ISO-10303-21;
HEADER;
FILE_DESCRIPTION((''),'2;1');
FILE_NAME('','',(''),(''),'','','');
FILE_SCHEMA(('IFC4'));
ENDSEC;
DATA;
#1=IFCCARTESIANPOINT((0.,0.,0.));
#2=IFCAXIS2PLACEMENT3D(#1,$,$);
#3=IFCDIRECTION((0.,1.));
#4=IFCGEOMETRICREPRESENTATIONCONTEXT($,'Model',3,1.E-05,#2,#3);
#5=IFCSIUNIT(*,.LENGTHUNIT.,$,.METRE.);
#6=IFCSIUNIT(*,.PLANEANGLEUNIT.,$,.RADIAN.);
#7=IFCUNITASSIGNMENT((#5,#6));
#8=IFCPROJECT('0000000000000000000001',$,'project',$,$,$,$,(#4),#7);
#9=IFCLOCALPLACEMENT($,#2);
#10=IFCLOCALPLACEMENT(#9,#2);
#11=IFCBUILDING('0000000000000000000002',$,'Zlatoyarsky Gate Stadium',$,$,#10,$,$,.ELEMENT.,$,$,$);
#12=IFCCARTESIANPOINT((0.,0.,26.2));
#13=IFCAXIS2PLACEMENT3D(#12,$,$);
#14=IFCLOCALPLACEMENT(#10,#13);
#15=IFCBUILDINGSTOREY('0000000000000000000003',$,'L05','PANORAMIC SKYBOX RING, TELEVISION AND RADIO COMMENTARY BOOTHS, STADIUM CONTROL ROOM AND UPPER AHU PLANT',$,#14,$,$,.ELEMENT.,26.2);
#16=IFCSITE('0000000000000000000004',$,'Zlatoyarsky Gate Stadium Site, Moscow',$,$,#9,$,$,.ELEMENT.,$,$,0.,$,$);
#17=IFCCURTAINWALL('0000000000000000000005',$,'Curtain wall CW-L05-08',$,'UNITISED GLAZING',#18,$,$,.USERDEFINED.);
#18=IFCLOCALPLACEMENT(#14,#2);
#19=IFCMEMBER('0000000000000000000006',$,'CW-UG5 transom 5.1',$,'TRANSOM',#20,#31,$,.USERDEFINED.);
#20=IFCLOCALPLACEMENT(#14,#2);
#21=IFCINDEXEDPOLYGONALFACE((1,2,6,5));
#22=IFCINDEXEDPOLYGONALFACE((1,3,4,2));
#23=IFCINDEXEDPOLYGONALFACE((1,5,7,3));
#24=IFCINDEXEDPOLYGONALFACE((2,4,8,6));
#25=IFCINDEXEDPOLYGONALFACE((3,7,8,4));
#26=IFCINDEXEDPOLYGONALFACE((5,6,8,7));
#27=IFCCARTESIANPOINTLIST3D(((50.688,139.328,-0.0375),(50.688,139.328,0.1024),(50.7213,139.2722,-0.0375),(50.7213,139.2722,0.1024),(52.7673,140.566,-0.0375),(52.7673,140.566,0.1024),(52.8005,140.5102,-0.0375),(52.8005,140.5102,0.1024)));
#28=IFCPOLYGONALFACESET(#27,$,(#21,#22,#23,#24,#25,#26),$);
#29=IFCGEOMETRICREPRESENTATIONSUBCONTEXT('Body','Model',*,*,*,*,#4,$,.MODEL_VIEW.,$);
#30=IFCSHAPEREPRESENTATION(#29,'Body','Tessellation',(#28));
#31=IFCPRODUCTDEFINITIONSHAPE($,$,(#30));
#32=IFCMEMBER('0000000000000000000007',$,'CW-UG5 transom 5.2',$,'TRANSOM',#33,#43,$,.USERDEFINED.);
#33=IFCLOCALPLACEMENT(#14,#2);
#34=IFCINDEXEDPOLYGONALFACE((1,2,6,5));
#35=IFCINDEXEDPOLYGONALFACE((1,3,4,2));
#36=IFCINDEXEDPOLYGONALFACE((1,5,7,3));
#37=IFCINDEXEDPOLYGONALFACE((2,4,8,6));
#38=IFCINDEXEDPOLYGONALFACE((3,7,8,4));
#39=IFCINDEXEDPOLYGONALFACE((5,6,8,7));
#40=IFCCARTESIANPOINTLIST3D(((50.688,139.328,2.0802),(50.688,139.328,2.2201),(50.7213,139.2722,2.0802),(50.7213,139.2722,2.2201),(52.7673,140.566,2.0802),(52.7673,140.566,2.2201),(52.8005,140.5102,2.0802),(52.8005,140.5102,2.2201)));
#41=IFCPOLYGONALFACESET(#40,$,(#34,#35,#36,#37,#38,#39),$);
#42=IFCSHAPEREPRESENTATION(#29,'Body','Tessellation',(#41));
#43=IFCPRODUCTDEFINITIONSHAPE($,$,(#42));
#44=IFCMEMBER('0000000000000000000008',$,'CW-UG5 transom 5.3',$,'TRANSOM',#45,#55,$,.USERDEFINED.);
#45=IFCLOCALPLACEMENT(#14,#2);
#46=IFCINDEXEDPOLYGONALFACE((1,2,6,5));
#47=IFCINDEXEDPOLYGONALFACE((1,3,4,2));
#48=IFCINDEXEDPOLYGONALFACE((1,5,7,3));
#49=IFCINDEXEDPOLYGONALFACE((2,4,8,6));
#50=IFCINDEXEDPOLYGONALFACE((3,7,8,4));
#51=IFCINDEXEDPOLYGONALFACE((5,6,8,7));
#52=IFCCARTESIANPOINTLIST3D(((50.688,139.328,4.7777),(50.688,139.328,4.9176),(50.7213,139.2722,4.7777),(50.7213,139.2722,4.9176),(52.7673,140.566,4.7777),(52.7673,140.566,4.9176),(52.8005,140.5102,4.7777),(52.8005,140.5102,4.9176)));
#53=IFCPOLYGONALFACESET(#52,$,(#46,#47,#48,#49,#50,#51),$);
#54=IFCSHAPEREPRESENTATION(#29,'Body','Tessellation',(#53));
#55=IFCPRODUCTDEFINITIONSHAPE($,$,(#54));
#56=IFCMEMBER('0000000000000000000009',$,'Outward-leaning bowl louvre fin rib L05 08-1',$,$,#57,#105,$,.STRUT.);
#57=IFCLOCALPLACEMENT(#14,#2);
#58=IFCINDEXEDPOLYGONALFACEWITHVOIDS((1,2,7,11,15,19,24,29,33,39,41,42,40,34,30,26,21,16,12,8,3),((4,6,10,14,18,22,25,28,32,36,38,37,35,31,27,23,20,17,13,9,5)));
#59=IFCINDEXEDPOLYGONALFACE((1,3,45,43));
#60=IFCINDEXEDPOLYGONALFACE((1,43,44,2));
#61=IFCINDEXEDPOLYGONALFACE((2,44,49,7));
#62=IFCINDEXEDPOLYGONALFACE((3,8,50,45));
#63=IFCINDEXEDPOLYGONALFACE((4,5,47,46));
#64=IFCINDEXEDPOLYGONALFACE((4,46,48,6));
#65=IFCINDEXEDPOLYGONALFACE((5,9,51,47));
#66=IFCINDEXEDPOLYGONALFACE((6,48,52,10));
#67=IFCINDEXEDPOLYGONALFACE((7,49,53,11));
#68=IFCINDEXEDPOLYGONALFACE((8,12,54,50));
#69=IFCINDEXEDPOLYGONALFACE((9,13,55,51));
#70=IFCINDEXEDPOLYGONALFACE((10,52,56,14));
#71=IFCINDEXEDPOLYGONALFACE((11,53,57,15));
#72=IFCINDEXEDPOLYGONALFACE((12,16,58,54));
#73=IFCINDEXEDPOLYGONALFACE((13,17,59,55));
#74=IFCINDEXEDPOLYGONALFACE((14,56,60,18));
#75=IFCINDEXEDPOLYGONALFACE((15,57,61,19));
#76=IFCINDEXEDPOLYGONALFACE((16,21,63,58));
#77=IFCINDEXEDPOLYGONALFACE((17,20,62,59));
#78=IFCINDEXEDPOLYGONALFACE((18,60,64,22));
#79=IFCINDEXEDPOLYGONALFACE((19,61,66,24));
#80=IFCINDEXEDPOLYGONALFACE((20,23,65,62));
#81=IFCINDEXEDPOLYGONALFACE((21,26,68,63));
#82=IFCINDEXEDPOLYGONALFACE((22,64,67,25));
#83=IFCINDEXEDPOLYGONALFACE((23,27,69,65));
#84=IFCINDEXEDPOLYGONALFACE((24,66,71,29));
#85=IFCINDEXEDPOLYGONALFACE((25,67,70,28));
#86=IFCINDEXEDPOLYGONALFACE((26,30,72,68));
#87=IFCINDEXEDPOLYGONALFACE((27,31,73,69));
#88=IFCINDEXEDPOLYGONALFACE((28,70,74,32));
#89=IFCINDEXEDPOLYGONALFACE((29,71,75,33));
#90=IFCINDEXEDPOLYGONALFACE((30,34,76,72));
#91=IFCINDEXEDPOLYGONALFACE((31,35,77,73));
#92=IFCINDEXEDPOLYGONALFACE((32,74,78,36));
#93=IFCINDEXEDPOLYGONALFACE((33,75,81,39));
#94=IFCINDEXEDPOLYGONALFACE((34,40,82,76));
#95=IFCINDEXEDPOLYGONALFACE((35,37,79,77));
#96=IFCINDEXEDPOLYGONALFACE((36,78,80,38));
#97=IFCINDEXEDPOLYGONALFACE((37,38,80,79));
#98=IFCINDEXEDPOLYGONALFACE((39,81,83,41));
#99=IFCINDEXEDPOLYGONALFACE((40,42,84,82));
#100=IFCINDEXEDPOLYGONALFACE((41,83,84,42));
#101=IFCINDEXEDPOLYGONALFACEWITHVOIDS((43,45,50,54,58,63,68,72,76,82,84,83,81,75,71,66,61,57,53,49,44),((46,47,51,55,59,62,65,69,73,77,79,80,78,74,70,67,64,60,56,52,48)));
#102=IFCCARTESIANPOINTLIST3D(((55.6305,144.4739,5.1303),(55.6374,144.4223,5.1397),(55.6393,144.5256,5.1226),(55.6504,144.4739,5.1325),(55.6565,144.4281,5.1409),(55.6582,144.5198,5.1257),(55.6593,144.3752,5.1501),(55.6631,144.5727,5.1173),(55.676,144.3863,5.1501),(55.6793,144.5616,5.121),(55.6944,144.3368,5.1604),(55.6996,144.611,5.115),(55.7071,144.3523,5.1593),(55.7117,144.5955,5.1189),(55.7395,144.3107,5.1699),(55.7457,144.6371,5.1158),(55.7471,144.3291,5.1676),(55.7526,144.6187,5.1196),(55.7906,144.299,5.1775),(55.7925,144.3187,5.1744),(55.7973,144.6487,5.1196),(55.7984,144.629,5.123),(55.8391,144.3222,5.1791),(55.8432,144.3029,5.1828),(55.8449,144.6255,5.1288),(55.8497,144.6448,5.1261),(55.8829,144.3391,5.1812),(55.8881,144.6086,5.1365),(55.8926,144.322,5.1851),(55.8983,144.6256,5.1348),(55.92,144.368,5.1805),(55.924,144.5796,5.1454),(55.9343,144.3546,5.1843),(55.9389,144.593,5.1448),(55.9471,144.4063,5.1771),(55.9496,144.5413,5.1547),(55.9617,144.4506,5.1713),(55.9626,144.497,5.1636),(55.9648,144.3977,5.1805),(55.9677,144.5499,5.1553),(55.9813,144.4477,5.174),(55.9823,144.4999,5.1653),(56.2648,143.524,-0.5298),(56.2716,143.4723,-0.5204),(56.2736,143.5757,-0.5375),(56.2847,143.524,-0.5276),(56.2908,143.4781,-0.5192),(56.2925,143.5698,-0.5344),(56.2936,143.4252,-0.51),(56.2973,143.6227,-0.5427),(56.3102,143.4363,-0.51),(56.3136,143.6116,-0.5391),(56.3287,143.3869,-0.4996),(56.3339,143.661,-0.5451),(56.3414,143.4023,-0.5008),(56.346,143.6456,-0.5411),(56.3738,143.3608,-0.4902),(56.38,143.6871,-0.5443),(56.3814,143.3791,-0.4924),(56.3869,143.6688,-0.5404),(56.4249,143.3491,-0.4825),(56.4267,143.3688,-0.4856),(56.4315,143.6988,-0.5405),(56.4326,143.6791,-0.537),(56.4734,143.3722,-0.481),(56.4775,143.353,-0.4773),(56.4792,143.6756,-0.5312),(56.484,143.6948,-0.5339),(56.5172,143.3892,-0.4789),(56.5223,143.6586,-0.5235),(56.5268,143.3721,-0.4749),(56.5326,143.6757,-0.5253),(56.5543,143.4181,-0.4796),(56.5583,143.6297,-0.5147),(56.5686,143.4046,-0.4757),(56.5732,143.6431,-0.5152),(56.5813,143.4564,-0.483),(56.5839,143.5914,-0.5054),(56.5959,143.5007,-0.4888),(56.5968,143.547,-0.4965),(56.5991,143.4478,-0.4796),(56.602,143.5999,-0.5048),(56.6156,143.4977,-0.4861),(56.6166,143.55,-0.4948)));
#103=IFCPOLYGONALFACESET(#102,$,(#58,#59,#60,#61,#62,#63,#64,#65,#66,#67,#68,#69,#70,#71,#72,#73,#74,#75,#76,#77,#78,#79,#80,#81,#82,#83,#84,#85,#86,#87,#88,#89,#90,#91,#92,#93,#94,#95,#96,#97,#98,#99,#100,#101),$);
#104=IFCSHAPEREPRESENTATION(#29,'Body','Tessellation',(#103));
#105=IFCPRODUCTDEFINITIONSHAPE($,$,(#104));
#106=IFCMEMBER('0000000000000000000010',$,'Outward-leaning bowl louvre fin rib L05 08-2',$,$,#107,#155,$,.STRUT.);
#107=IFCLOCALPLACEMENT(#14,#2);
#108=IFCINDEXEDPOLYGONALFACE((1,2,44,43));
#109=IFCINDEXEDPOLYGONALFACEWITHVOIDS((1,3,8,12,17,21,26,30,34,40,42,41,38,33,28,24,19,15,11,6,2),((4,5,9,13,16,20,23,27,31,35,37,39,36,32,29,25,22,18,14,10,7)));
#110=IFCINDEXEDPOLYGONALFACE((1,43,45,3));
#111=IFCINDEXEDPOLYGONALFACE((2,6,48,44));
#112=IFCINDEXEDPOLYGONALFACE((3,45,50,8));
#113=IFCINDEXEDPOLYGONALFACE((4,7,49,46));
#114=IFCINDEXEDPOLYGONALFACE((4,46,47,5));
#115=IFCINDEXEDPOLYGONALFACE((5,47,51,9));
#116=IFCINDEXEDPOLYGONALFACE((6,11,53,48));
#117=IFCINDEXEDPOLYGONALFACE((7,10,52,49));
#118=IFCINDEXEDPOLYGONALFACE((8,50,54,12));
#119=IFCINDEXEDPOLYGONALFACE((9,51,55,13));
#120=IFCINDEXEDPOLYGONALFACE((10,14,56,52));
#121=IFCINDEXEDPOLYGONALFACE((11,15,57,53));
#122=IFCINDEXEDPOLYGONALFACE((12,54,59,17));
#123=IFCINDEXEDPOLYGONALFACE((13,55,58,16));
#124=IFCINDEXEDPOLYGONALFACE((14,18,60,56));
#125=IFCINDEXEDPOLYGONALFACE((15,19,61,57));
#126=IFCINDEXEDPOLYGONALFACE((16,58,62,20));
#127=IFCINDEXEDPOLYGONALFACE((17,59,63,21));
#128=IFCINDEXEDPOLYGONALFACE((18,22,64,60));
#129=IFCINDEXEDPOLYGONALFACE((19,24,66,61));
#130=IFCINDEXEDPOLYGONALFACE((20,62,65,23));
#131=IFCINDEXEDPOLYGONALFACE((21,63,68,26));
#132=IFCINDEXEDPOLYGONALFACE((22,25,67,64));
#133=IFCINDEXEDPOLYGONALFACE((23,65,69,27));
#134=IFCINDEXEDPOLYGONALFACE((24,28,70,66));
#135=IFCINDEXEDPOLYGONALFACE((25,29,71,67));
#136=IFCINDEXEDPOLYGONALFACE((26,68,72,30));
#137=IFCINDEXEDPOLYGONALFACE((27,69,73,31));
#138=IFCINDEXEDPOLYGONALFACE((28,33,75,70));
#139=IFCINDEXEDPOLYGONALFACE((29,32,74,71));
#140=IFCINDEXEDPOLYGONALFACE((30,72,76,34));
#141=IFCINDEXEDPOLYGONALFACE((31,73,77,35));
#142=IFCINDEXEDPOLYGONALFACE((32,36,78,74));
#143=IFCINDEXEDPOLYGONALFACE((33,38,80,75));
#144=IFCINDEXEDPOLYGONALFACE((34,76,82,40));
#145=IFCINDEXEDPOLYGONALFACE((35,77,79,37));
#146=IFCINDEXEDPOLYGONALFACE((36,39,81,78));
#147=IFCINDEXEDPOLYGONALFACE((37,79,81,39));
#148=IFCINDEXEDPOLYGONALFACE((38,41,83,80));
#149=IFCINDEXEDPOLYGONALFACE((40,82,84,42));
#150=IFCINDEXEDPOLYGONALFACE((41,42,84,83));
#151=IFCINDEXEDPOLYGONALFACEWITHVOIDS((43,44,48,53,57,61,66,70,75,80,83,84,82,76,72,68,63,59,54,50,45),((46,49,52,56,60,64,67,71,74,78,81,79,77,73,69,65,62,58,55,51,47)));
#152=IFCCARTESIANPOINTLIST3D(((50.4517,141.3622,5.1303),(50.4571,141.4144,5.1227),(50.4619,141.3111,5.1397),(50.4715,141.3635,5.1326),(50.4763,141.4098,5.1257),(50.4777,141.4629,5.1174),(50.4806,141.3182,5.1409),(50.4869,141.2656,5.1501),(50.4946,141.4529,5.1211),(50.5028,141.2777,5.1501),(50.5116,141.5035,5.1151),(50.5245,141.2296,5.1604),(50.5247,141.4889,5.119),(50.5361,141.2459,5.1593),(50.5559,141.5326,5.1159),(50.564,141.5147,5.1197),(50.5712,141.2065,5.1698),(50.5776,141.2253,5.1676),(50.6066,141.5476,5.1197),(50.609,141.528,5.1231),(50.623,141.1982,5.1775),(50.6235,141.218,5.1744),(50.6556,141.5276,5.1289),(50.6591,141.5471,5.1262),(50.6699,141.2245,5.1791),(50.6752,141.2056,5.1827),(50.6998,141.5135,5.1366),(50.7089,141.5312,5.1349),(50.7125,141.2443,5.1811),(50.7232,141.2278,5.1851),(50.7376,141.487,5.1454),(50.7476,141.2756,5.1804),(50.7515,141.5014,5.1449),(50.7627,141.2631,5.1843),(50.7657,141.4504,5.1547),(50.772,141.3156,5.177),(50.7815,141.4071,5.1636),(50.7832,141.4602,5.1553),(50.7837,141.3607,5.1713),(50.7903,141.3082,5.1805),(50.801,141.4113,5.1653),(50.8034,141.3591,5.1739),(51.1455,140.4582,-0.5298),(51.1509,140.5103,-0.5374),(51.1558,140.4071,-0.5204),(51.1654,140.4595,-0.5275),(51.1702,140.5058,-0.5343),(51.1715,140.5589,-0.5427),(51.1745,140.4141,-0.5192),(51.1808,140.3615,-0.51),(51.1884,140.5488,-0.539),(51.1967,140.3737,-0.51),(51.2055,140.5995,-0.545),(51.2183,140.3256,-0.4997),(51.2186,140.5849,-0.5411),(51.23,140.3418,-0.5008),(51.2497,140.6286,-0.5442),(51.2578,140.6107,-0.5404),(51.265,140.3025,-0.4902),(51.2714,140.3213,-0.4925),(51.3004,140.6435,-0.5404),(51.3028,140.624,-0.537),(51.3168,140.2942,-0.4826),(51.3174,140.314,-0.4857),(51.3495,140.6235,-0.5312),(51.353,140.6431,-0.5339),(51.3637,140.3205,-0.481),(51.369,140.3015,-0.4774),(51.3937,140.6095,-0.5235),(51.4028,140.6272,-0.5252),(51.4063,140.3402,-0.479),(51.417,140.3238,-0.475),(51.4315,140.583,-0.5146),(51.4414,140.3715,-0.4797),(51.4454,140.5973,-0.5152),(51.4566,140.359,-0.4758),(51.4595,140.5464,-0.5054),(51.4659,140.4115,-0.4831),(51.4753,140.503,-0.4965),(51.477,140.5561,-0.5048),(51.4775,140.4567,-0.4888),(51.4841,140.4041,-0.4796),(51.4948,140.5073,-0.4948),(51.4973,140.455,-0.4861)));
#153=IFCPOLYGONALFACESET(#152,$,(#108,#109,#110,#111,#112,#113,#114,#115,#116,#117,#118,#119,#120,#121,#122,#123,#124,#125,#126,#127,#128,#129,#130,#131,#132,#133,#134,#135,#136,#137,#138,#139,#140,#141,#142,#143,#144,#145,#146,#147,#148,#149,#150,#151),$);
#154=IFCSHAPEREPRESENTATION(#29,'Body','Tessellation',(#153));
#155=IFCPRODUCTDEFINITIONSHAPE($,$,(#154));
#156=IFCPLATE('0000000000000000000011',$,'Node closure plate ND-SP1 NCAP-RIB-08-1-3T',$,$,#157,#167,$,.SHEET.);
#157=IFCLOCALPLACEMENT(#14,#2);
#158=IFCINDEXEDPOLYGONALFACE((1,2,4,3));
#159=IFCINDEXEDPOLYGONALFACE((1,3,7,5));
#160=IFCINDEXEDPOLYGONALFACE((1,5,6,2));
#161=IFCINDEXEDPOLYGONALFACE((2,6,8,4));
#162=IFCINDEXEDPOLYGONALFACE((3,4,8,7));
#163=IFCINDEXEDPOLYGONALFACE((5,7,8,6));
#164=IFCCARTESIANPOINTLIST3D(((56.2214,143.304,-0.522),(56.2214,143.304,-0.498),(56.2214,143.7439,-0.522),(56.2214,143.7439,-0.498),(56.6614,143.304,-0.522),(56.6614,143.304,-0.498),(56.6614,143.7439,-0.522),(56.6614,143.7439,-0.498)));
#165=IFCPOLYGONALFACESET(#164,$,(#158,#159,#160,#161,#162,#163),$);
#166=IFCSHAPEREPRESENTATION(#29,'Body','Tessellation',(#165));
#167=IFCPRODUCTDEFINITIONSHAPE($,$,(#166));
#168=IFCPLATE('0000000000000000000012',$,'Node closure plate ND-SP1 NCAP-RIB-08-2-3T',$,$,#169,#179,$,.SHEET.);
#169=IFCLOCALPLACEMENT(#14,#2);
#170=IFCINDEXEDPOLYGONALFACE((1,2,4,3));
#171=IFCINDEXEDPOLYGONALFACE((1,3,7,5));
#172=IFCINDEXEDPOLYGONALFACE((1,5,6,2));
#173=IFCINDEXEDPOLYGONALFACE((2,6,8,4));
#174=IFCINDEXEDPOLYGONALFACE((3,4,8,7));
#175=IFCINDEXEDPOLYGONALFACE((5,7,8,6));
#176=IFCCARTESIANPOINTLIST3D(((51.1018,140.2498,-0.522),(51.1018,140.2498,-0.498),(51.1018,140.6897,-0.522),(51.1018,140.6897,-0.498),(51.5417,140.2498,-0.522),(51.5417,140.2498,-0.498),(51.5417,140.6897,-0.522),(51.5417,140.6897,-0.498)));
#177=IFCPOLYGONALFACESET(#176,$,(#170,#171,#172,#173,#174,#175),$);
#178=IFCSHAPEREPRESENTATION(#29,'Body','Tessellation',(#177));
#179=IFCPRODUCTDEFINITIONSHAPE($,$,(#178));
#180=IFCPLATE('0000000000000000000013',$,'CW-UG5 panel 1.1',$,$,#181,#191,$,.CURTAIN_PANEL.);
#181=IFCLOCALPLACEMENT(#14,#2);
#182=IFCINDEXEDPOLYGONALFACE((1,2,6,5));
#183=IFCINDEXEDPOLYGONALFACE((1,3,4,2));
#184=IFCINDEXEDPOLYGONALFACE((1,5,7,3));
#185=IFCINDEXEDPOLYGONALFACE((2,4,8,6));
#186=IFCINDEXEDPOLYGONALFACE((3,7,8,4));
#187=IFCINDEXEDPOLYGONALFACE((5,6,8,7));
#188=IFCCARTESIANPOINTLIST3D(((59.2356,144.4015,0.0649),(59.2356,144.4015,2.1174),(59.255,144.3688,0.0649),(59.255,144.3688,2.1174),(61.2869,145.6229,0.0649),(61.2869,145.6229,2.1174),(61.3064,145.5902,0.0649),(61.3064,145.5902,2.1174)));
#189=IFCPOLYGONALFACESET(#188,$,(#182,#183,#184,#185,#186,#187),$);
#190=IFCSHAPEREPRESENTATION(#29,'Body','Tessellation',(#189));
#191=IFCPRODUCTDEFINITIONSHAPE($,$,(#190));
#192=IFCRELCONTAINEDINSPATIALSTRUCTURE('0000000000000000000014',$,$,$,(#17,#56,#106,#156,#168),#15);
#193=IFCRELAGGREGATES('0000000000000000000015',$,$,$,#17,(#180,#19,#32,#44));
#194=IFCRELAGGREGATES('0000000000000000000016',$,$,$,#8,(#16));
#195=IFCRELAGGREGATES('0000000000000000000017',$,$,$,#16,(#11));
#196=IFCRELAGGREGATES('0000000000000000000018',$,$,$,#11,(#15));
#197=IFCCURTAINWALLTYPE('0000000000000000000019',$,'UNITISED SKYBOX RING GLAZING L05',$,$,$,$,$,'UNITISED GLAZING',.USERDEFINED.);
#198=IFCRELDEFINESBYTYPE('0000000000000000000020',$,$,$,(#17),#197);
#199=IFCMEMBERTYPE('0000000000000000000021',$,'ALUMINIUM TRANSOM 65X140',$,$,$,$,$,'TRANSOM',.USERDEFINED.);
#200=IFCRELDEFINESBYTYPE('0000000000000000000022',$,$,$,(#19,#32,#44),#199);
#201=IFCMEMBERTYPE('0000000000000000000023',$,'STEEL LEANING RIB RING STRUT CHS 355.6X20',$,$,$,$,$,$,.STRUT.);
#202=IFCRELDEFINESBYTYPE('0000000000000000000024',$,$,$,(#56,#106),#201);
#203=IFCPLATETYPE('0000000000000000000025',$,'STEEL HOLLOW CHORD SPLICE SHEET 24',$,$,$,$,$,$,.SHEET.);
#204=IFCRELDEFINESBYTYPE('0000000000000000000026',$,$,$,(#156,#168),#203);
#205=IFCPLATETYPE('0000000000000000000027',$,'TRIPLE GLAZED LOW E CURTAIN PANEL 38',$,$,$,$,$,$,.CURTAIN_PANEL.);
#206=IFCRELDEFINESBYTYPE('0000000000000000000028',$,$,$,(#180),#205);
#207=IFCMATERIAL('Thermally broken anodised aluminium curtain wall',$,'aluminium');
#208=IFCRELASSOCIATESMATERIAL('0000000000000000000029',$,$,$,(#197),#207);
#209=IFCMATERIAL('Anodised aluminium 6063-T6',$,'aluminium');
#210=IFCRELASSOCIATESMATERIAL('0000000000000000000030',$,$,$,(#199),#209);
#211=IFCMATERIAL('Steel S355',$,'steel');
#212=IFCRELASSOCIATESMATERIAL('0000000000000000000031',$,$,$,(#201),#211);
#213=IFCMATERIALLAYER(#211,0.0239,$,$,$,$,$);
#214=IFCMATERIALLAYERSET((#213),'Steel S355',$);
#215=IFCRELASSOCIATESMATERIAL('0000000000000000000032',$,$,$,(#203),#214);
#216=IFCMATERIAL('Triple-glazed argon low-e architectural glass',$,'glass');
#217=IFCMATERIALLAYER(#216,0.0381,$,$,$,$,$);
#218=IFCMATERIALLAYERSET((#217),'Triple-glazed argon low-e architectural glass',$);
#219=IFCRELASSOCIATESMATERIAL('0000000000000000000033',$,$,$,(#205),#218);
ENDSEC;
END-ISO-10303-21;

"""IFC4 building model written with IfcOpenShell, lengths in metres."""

from ifc_helpers import new_model, si_unit, direction, frame, origin, origin_2d, place, context, subcontext, project, spatial, rectangle, hollow_circle, extrude, material, layer, layer_set, material_profile, profile_set, type_object, element, aggregate, save


model = new_model("IFC4")

# Units and contexts
model_context = context("Model", 3, precision=1e-05, world=origin(), true_north=direction((0.0, 1.0)))
body_context = subcontext(model_context, "Body", "Model", "MODEL_VIEW")
ifc_project = project(units=[si_unit("LENGTHUNIT", "METRE"), si_unit("PLANEANGLEUNIT", "RADIAN")], contexts=[model_context])

# Site, building, storey
site_placement = place(None, origin())
site = spatial("IfcSite", under=ifc_project, at=site_placement, Name="Zlatoyarsky Gate Stadium Site, Moscow", CompositionType="ELEMENT", RefElevation=0.0)
building_placement = place(site_placement, origin())
building = spatial("IfcBuilding", under=site, at=building_placement, Name="Zlatoyarsky Gate Stadium", CompositionType="ELEMENT")
storey_placement = place(building_placement, frame((0.0, 0.0, 26.2)))
storey = spatial("IfcBuildingStorey", under=building, at=storey_placement, Name="L05", Description="PANORAMIC SKYBOX RING, TELEVISION AND RADIO COMMENTARY BOOTHS, STADIUM CONTROL ROOM AND UPPER AHU PLANT", CompositionType="ELEMENT", Elevation=26.2)

# Curtain wall, members
ifc_material_1 = material(Name="Thermally broken anodised aluminium curtain wall", Category="aluminium")
curtain_wall_type = type_object("IfcCurtainWallType", Name="UNITISED SKYBOX RING GLAZING L05", ElementType="UNITISED GLAZING", PredefinedType="USERDEFINED", material=ifc_material_1)
curtain_wall_placement = place(storey_placement, origin())
curtain_wall = element("IfcCurtainWall", 1, at=curtain_wall_placement, inside=storey, type_object=curtain_wall_type, Name="Curtain wall CW-L05-08", ObjectType="UNITISED GLAZING", PredefinedType="USERDEFINED")
ifc_material_2 = material(Name="Anodised aluminium 6063-T6", Category="aluminium")
ifc_material_profile_1 = material_profile(ifc_material_2, rectangle(XDim=0.0649, YDim=0.1399, at=origin_2d()), Name="ALU 65X140")
ifc_profile_set_1 = profile_set([ifc_material_profile_1], Name="Anodised aluminium 6063-T6")
member_type_1 = type_object("IfcMemberType", Name="ALUMINIUM TRANSOM 65X140", ElementType="TRANSOM", PredefinedType="USERDEFINED", material=ifc_profile_set_1)
member_1_placement = place(storey_placement, frame((52.7839, 140.5381, 0.0325), z_axis=(-0.859233, -0.511585, 0.0), x_axis=(0.511585, -0.859233, 0.0)))
member_1 = element("IfcMember", 2, at=member_1_placement, type_object=member_type_1, Name="CW-UG5 transom 5.1", ObjectType="TRANSOM", PredefinedType="USERDEFINED", context=body_context, shape_type="SweptSolid", body=[
    extrude(rectangle(XDim=0.0649, YDim=0.1399, at=origin_2d()), origin(), (0.0, 0.0, 1.0), 2.4199),
])
member_2_placement = place(storey_placement, frame((52.7839, 140.5381, 2.1501), z_axis=(-0.859233, -0.511585, 0.0), x_axis=(0.511585, -0.859233, 0.0)))
member_2 = element("IfcMember", 3, at=member_2_placement, type_object=member_type_1, Name="CW-UG5 transom 5.2", ObjectType="TRANSOM", PredefinedType="USERDEFINED", context=body_context, shape_type="SweptSolid", body=[
    extrude(rectangle(XDim=0.0649, YDim=0.1399, at=origin_2d()), origin(), (0.0, 0.0, 1.0), 2.4199),
])
member_3_placement = place(storey_placement, frame((52.7839, 140.5381, 4.8477), z_axis=(-0.859233, -0.511585, 0.0), x_axis=(0.511585, -0.859233, 0.0)))
member_3 = element("IfcMember", 4, at=member_3_placement, type_object=member_type_1, Name="CW-UG5 transom 5.3", ObjectType="TRANSOM", PredefinedType="USERDEFINED", context=body_context, shape_type="SweptSolid", body=[
    extrude(rectangle(XDim=0.0649, YDim=0.1399, at=origin_2d()), origin(), (0.0, 0.0, 1.0), 2.4199),
])

# Members
ifc_material_3 = material(Name="Steel S355", Category="steel")
ifc_material_profile_2 = material_profile(ifc_material_3, hollow_circle(Radius=0.1777, WallThickness=0.02, at=origin_2d()), Name="CHS 355.6X20")
ifc_profile_set_2 = profile_set([ifc_material_profile_2], Name="Steel S355")
member_type_2 = type_object("IfcMemberType", Name="STEEL LEANING RIB RING STRUT CHS 355.6X20", PredefinedType="STRUT", material=ifc_profile_set_2)
member_4_placement = place(storey_placement, frame((56.4414, 143.5239, -0.51), z_axis=(-0.109846, 0.164515, 0.980239), x_axis=(-0.831655, -0.555292, 0.0)))
element("IfcMember", 5, at=member_4_placement, inside=storey, type_object=member_type_2, Name="Outward-leaning bowl louvre fin rib L05 08-1", PredefinedType="STRUT", context=body_context, shape_type="SweptSolid", body=[
    extrude(hollow_circle(Radius=0.1777, WallThickness=0.02, at=origin_2d()), origin(), (0.0, 0.0, 1.0), 5.7742),
])
member_5_placement = place(storey_placement, frame((51.3218, 140.4697, -0.51), z_axis=(-0.120173, 0.15658, 0.980327), x_axis=(-0.793292, -0.608841, 0.0)))
element("IfcMember", 6, at=member_5_placement, inside=storey, type_object=member_type_2, Name="Outward-leaning bowl louvre fin rib L05 08-2", PredefinedType="STRUT", context=body_context, shape_type="SweptSolid", body=[
    extrude(hollow_circle(Radius=0.1777, WallThickness=0.02, at=origin_2d()), origin(), (0.0, 0.0, 1.0), 5.7737),
])

# Plates
ifc_layer_1 = layer(ifc_material_3, 0.0239)
ifc_layer_set_1 = layer_set([ifc_layer_1], Name="Steel S355")
plate_type_1 = type_object("IfcPlateType", Name="STEEL HOLLOW CHORD SPLICE SHEET 24", PredefinedType="SHEET", material=ifc_layer_set_1)
for number, where, z_axis, x_axis, name in (
    (7, (56.4414, 143.5239, -0.522), (0.0, 0.0, 1.0), (1.0, 0.0, 0.0), "Node closure plate ND-SP1 NCAP-RIB-08-1-3T"),
    (8, (51.3218, 140.4697, -0.522), (0.0, 0.0, 1.0), (1.0, 0.0, 0.0), "Node closure plate ND-SP1 NCAP-RIB-08-2-3T"),
):
    element("IfcPlate", number, at=place(storey_placement, frame(where, z_axis=z_axis, x_axis=x_axis)), inside=storey, type_object=plate_type_1, Name=name, PredefinedType="SHEET", context=body_context, shape_type="SweptSolid", body=[
        extrude(rectangle(XDim=0.4399, YDim=0.4399, at=origin_2d()), origin(), (0.0, 0.0, 1.0), 0.0239),
    ])

# Plate
ifc_material_4 = material(Name="Triple-glazed argon low-e architectural glass", Category="glass")
ifc_layer_2 = layer(ifc_material_4, 0.0381)
ifc_layer_set_2 = layer_set([ifc_layer_2], Name="Triple-glazed argon low-e architectural glass")
plate_type_2 = type_object("IfcPlateType", Name="TRIPLE GLAZED LOW E CURTAIN PANEL 38", PredefinedType="CURTAIN_PANEL", material=ifc_layer_set_2)
plate_1_placement = place(storey_placement, frame((60.271, 144.9958, 0.0649), z_axis=(0.0, 0.0, 1.0), x_axis=(-0.859239, -0.511575, 0.0)))
plate_1 = element("IfcPlate", 9, at=plate_1_placement, type_object=plate_type_2, Name="CW-UG5 panel 1.1", PredefinedType="CURTAIN_PANEL", context=body_context, shape_type="SweptSolid", body=[
    extrude(rectangle(XDim=2.3875, YDim=0.0381, at=origin_2d()), origin(), (0.0, 0.0, 1.0), 2.0525),
])
aggregate(curtain_wall, [plate_1, member_1, member_2, member_3])

save(model, "model.ifc")
